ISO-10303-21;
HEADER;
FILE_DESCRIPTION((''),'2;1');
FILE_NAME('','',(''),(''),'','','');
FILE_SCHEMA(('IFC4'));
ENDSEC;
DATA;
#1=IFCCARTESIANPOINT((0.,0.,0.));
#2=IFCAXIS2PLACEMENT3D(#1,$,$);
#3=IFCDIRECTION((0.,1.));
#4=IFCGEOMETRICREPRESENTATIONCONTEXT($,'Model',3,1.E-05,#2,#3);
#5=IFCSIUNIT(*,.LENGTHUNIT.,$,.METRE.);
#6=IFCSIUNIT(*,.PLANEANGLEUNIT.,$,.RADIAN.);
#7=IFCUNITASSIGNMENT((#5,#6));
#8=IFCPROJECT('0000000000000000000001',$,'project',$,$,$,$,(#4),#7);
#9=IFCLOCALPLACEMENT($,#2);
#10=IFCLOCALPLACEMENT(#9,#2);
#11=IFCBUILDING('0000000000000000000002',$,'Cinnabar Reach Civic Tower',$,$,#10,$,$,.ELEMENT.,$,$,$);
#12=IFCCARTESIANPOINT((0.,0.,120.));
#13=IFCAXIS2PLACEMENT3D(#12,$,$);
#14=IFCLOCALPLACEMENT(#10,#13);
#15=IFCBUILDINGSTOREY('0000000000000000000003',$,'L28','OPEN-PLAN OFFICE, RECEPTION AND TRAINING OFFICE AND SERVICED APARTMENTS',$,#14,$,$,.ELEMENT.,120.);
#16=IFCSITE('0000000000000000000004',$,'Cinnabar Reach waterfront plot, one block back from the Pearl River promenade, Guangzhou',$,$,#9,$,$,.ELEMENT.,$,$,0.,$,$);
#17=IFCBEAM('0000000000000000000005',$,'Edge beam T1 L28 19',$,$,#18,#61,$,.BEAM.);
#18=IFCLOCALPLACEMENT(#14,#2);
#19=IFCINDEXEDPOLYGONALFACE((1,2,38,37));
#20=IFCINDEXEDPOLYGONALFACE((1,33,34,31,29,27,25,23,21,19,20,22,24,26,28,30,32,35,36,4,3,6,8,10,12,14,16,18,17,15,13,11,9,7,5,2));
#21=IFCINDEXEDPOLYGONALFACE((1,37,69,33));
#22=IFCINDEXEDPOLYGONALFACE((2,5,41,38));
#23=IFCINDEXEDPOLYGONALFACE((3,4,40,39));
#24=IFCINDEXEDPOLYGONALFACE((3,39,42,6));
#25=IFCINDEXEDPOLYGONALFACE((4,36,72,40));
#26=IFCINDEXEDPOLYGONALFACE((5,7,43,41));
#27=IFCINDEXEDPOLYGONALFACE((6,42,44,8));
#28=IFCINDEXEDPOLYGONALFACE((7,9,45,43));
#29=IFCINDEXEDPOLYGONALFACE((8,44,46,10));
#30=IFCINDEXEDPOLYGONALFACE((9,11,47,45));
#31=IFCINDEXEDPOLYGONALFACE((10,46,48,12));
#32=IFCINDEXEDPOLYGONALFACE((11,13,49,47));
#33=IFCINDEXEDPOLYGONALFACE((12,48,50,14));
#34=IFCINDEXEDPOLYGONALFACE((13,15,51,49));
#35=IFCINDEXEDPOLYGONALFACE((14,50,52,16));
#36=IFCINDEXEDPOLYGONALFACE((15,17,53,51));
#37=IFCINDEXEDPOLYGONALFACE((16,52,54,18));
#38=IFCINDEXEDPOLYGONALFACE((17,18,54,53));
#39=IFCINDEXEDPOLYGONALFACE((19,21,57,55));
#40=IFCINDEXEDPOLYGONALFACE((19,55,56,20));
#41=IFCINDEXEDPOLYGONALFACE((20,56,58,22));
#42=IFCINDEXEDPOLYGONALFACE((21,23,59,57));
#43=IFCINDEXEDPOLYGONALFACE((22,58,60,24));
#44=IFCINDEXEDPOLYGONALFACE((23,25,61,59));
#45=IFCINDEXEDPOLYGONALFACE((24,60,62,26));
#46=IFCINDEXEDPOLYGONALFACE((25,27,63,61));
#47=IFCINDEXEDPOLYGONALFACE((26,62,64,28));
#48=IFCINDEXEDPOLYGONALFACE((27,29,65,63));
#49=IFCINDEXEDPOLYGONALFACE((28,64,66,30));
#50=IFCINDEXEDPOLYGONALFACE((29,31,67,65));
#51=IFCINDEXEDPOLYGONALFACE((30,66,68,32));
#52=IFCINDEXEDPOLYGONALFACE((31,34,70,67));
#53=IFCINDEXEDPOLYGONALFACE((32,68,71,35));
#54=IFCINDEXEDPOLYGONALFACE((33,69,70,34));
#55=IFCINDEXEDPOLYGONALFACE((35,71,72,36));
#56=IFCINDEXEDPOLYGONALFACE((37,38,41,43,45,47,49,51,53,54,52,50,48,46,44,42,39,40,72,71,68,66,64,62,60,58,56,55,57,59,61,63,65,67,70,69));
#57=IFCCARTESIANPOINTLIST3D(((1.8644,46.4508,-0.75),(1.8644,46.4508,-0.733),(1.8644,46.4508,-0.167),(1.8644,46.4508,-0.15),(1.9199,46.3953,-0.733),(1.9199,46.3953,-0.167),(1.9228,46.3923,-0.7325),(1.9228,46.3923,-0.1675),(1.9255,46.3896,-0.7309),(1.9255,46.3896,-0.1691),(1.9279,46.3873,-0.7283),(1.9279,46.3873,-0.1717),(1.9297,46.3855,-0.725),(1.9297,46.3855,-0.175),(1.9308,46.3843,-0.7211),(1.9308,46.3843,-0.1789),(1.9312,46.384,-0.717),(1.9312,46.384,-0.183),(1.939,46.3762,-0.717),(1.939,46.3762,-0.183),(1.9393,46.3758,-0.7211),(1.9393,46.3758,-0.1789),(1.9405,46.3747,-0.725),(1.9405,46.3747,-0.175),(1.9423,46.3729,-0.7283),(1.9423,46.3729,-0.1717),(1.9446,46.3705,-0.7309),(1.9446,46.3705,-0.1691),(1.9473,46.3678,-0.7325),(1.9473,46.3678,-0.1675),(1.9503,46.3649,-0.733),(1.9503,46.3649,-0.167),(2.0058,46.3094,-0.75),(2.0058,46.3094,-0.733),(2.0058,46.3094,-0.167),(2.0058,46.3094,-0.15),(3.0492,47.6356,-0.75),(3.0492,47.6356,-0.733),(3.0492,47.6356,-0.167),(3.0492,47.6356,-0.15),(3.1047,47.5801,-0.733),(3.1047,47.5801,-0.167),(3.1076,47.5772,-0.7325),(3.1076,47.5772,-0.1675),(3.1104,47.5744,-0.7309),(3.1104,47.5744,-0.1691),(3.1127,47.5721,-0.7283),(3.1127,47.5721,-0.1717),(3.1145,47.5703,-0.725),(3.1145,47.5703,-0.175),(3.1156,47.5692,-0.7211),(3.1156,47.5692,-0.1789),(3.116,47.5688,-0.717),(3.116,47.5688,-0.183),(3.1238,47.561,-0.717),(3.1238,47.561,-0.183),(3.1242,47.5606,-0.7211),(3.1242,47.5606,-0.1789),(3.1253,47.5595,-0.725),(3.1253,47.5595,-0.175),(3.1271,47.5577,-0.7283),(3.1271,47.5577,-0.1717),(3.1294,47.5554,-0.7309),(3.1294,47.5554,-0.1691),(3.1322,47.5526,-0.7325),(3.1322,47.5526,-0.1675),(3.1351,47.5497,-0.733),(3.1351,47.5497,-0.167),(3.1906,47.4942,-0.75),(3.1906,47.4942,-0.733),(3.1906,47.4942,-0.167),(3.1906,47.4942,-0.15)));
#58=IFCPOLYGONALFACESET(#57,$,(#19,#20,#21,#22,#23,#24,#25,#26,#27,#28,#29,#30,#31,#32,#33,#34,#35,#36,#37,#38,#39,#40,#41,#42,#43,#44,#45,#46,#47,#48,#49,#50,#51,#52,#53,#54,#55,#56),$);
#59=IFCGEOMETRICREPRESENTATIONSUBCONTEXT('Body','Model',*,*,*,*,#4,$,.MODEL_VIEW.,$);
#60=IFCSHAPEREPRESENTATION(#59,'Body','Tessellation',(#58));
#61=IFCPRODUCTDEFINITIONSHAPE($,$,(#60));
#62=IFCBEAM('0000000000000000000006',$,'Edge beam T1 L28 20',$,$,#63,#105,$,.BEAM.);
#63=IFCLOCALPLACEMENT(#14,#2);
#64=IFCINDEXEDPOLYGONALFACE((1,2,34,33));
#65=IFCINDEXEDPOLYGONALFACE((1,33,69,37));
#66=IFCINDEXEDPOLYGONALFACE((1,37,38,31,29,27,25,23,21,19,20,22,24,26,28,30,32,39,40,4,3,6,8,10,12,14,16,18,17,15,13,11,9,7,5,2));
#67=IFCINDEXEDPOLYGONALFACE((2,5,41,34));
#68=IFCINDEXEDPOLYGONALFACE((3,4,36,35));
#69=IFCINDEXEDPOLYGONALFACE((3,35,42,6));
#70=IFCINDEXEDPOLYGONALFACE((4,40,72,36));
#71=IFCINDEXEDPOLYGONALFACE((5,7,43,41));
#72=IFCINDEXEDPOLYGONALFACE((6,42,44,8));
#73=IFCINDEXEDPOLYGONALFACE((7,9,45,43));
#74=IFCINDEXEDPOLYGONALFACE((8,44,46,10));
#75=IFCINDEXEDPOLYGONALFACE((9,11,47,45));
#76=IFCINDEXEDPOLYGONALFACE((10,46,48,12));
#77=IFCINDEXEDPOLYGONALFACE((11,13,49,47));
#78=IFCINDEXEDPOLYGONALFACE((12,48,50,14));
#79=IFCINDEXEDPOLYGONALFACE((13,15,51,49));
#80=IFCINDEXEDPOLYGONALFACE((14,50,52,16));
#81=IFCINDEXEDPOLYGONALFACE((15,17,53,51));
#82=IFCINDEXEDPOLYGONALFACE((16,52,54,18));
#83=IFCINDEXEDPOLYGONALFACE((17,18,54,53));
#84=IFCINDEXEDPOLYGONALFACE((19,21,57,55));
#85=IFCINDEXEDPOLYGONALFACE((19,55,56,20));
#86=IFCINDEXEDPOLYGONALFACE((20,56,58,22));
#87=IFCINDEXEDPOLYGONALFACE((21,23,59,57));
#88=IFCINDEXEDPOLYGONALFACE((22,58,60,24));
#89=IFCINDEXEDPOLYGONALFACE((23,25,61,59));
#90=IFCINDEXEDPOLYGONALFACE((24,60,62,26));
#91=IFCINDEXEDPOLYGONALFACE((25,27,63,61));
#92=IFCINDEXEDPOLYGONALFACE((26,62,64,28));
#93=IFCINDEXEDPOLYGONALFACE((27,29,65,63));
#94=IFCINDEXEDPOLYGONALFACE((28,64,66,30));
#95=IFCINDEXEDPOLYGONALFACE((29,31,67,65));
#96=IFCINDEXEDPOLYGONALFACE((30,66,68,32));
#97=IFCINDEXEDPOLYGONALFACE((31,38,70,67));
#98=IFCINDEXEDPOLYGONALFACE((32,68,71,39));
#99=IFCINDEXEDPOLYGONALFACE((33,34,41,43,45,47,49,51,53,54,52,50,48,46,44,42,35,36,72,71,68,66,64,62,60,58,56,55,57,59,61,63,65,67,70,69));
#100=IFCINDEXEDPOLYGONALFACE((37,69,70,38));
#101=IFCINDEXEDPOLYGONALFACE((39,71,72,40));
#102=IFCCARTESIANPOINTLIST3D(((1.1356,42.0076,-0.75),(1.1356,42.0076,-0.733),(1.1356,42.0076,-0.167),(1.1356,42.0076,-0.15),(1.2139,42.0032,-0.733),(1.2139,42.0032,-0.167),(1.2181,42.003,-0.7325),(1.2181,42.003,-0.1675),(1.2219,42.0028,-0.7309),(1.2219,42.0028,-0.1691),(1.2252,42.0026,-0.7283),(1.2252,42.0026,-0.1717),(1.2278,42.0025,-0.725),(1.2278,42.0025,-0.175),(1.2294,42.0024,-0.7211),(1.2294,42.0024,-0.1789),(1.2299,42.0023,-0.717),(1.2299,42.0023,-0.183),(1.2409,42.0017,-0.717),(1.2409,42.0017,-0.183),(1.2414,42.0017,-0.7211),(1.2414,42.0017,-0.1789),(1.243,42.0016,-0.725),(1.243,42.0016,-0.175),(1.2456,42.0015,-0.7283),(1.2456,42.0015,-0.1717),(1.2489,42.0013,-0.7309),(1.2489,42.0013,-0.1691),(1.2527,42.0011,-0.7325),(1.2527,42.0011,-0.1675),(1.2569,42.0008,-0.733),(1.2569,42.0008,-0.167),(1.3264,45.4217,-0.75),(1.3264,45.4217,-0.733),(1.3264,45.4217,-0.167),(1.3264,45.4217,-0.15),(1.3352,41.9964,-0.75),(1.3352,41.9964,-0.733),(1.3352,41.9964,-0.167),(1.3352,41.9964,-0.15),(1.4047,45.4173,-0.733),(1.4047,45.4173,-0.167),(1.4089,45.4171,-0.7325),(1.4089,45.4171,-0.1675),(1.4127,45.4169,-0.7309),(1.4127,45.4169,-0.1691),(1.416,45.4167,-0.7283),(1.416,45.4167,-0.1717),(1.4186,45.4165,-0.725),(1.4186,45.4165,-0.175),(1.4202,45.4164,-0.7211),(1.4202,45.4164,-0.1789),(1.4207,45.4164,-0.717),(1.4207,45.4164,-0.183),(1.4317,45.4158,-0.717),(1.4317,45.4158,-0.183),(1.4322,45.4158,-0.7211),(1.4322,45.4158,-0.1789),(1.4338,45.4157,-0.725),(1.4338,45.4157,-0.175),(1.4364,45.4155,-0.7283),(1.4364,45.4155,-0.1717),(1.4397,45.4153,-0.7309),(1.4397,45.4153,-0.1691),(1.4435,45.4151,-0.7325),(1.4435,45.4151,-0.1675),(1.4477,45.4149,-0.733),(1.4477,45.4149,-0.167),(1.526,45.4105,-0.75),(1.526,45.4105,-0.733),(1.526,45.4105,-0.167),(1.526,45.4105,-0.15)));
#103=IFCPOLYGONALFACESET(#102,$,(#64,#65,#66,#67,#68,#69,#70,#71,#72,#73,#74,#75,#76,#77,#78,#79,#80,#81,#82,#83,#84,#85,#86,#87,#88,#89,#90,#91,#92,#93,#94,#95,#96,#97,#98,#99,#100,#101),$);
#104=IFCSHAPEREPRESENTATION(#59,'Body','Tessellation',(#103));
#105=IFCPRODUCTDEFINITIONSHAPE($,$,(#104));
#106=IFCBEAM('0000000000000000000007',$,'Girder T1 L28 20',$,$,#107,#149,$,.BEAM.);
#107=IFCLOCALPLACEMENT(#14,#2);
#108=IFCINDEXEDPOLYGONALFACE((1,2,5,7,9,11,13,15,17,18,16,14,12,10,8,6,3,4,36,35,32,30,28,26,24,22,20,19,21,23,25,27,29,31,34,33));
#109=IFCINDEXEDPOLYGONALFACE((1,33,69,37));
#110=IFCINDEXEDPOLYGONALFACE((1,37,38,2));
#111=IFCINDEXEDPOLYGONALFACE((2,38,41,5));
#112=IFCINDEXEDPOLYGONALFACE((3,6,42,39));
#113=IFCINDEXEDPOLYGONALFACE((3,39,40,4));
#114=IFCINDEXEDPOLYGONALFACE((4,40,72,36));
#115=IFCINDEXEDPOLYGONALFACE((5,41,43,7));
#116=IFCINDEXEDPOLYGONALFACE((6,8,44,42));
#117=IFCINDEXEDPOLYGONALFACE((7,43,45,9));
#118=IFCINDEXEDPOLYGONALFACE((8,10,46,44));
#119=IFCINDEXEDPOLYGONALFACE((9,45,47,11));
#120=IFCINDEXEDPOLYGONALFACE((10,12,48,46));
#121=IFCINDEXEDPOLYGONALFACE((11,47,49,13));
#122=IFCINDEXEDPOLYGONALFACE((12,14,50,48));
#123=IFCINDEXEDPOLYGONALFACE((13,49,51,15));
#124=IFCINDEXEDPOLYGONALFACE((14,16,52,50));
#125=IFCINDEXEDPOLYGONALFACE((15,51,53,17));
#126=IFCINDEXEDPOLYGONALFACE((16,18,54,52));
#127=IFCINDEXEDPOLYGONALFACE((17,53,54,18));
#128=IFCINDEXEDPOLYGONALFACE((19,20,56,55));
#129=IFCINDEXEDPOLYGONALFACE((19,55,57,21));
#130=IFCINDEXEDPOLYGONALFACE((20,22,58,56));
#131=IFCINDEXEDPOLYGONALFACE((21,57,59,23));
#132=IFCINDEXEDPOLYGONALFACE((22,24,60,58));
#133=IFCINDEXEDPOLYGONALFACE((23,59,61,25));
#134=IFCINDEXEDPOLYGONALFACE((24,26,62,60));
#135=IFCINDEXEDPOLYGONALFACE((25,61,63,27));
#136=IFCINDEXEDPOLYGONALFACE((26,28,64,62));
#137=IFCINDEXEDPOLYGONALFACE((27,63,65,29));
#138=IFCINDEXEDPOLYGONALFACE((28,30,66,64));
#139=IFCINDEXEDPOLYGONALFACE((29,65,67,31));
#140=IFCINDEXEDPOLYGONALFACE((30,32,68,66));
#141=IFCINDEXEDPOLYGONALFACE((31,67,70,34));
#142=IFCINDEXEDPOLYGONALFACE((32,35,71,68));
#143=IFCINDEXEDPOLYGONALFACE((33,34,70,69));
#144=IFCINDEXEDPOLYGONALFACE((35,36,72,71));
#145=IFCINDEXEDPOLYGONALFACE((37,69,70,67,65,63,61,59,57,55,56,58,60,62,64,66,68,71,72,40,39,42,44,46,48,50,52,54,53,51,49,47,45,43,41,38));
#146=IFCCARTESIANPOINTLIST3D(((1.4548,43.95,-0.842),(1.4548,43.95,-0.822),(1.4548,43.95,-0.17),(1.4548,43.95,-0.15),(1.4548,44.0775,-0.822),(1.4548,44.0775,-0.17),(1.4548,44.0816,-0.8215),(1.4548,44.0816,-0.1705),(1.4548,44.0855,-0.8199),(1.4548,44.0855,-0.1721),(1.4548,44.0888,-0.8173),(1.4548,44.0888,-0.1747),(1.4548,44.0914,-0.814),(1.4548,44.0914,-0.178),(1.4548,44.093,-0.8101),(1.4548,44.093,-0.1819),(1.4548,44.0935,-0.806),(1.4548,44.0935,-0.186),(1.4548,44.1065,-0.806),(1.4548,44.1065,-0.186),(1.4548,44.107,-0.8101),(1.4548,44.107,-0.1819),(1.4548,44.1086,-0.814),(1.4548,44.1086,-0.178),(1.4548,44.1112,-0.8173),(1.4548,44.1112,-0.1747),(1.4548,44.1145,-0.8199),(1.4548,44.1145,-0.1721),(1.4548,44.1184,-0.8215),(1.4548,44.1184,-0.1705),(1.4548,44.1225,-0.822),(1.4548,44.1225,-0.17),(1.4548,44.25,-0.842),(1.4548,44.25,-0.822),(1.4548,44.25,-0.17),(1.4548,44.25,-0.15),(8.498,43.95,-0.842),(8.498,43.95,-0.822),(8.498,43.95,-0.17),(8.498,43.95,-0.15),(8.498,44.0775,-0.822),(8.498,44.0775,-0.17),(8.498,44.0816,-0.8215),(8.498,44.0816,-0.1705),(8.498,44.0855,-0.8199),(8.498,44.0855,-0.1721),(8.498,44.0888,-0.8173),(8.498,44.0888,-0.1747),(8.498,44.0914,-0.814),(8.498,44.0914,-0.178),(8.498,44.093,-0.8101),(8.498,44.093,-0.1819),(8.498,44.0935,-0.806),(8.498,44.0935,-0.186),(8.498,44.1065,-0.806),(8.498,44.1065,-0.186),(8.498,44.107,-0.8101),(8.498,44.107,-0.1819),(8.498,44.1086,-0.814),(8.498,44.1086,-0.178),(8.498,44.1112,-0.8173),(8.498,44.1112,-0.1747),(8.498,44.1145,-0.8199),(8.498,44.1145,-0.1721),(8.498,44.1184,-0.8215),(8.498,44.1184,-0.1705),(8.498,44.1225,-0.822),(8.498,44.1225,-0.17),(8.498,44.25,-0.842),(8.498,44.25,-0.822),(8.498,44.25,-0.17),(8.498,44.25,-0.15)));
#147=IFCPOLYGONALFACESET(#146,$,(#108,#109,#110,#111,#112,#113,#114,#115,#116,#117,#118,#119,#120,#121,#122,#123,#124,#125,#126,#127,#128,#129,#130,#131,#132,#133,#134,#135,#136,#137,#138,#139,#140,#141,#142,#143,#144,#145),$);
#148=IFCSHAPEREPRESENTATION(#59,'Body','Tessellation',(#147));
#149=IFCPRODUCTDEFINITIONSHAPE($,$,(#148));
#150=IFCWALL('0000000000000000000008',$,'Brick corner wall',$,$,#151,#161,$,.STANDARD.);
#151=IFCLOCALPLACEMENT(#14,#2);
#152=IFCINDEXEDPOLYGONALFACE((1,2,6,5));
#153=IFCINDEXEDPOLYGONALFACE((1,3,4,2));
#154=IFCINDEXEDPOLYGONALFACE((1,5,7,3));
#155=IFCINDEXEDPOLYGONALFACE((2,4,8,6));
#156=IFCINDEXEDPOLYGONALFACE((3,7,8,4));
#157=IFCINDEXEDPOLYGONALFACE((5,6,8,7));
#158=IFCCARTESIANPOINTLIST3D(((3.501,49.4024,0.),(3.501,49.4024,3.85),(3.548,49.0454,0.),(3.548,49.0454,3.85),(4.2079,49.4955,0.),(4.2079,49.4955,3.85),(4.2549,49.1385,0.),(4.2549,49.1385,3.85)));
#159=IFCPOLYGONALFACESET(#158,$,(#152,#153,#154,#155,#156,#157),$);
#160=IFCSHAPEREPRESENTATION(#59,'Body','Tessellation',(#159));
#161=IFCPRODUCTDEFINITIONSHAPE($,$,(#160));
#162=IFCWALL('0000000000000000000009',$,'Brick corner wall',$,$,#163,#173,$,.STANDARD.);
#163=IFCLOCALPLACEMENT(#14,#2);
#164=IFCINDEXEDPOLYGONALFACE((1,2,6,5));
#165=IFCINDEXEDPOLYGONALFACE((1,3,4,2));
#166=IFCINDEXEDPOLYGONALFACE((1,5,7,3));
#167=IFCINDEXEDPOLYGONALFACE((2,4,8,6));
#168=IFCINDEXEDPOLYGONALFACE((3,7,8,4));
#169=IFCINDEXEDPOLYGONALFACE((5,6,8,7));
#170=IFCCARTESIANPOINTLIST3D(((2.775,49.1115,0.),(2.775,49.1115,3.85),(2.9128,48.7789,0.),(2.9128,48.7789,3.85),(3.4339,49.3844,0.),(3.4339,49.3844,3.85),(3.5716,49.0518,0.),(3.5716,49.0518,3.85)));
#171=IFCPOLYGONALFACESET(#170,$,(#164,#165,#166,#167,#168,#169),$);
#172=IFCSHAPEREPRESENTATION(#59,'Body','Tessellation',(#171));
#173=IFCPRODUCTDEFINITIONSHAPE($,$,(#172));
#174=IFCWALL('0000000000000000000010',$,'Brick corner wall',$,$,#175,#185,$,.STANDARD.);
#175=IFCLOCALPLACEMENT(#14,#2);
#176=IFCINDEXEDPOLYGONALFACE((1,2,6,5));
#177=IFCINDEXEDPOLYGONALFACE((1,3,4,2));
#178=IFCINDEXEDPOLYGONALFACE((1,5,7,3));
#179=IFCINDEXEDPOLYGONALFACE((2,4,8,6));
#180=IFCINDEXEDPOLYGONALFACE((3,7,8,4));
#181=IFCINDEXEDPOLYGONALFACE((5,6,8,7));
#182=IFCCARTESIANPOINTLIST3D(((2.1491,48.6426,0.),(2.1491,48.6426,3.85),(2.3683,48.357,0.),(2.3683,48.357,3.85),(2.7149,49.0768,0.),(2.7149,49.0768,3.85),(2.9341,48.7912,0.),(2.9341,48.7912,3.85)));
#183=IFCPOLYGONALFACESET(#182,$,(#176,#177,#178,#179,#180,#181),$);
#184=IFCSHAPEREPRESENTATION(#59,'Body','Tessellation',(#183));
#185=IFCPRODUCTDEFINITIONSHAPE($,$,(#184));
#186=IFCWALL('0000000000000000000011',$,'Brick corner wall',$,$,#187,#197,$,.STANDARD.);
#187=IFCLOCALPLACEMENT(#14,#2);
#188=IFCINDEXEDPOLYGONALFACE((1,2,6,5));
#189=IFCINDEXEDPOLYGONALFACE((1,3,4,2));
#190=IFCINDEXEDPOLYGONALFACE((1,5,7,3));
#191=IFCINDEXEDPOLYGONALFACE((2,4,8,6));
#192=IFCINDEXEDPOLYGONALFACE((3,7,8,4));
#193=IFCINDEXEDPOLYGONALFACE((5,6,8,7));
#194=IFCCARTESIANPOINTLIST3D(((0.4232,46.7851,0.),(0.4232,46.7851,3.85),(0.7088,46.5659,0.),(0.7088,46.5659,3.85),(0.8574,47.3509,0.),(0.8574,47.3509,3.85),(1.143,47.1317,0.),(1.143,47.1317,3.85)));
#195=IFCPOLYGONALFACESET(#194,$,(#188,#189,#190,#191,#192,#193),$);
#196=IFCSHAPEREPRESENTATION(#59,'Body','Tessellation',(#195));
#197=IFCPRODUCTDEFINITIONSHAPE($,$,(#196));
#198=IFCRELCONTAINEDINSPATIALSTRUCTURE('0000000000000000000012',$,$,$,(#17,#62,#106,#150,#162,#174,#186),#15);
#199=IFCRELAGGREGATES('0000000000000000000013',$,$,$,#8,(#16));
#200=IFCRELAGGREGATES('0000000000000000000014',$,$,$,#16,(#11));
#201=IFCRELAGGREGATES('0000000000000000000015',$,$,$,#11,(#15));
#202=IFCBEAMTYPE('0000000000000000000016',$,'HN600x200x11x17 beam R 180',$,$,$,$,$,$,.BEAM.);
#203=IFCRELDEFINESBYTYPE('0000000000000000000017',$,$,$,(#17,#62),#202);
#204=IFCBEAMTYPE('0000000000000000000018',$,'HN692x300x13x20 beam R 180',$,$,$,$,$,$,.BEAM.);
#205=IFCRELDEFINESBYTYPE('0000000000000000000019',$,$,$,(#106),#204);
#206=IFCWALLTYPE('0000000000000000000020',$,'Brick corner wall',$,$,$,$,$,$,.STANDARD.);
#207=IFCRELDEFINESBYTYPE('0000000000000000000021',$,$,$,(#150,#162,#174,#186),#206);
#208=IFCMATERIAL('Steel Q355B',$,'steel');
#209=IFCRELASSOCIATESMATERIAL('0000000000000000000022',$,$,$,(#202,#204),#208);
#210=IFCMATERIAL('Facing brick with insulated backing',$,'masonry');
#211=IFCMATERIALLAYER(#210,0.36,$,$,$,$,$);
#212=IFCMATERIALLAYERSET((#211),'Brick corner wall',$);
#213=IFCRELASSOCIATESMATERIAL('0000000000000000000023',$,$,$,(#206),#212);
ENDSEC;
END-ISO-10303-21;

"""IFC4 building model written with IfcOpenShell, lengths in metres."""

from ifc_helpers import new_model, si_unit, direction, frame, frame_2d, origin, origin_2d, place, context, subcontext, project, spatial, rectangle, i_section, extrude, material, layer, layer_set, material_profile, profile_set, type_object, element, save


model = new_model("IFC4")

# Units and contexts
model_context = context("Model", 3, precision=1e-05, world=origin(), true_north=direction((0.0, 1.0)))
body_context = subcontext(model_context, "Body", "Model", "MODEL_VIEW")
ifc_project = project(units=[si_unit("LENGTHUNIT", "METRE"), si_unit("PLANEANGLEUNIT", "RADIAN")], contexts=[model_context])

# Site, building, storey
site_placement = place(None, origin())
site = spatial("IfcSite", under=ifc_project, at=site_placement, Name="Cinnabar Reach waterfront plot, one block back from the Pearl River promenade, Guangzhou", CompositionType="ELEMENT", RefElevation=0.0)
building_placement = place(site_placement, origin())
building = spatial("IfcBuilding", under=site, at=building_placement, Name="Cinnabar Reach Civic Tower", CompositionType="ELEMENT")
storey_placement = place(building_placement, frame((0.0, 0.0, 120.0)))
storey = spatial("IfcBuildingStorey", under=building, at=storey_placement, Name="L28", Description="OPEN-PLAN OFFICE, RECEPTION AND TRAINING OFFICE AND SERVICED APARTMENTS", CompositionType="ELEMENT", Elevation=120.0)

# Beams
ifc_material_1 = material(Name="Steel Q355B", Category="steel")
ifc_material_profile_1 = material_profile(ifc_material_1, i_section(OverallWidth=0.2, OverallDepth=0.6, WebThickness=0.011, FlangeThickness=0.017, FilletRadius=0.016, at=origin_2d()), Name="HN600x200x11x17")
ifc_profile_set_1 = profile_set([ifc_material_profile_1], Name="Steel Q355B")
beam_type_1 = type_object("IfcBeamType", Name="HN600x200x11x17 beam R 180", PredefinedType="BEAM", material=ifc_profile_set_1)
beam_1_placement = place(storey_placement, frame((3.1199, 47.5649, -0.45), z_axis=(-0.707107, -0.707107, 0.0), x_axis=(0.707107, -0.707107, 0.0)))
element("IfcBeam", 1, at=beam_1_placement, inside=storey, type_object=beam_type_1, Name="Edge beam T1 L28 19", PredefinedType="BEAM", context=body_context, shape_type="SweptSolid", body=[
    extrude(i_section(OverallWidth=0.2, OverallDepth=0.6, WebThickness=0.011, FlangeThickness=0.017, FilletRadius=0.016, at=origin_2d()), origin(), (0.0, 0.0, 1.0), 1.6756),
])
beam_2_placement = place(storey_placement, frame((1.4262, 45.4161, -0.45), z_axis=(-0.055799, -0.998442, 0.0), x_axis=(0.998442, -0.055799, 0.0)))
element("IfcBeam", 2, at=beam_2_placement, inside=storey, type_object=beam_type_1, Name="Edge beam T1 L28 20", PredefinedType="BEAM", context=body_context, shape_type="SweptSolid", body=[
    extrude(i_section(OverallWidth=0.2, OverallDepth=0.6, WebThickness=0.011, FlangeThickness=0.017, FilletRadius=0.016, at=origin_2d()), origin(), (0.0, 0.0, 1.0), 3.4194),
])
ifc_material_profile_2 = material_profile(ifc_material_1, i_section(OverallWidth=0.3, OverallDepth=0.692, WebThickness=0.013, FlangeThickness=0.02, FilletRadius=0.016, at=origin_2d()), Name="HN692x300x13x20")
ifc_profile_set_2 = profile_set([ifc_material_profile_2], Name="Steel Q355B")
beam_type_2 = type_object("IfcBeamType", Name="HN692x300x13x20 beam R 180", PredefinedType="BEAM", material=ifc_profile_set_2)
beam_3_placement = place(storey_placement, frame((1.4548, 44.1, -0.496), z_axis=(1.0, 0.0, 0.0), x_axis=(0.0, 1.0, 0.0)))
element("IfcBeam", 3, at=beam_3_placement, inside=storey, type_object=beam_type_2, Name="Girder T1 L28 20", PredefinedType="BEAM", context=body_context, shape_type="SweptSolid", body=[
    extrude(i_section(OverallWidth=0.3, OverallDepth=0.692, WebThickness=0.013, FlangeThickness=0.02, FilletRadius=0.016, at=origin_2d()), origin(), (0.0, 0.0, 1.0), 7.0432),
])

# Walls
ifc_material_2 = material(Name="Facing brick with insulated backing", Category="masonry")
ifc_layer_1 = layer(ifc_material_2, 0.36)
ifc_layer_set_1 = layer_set([ifc_layer_1], Name="Brick corner wall")
wall_type_1 = type_object("IfcWallType", Name="Brick corner wall", PredefinedType="STANDARD", material=ifc_layer_set_1)
for number, where, z_axis, x_axis, name in (
    (4, (4.2314, 49.317, 0.0), (0.0, 0.0, 1.0), (-0.991441, -0.130556, 0.0), "Brick corner wall"),
    (5, (3.5027, 49.2181, 0.0), (0.0, 0.0, 1.0), (-0.923872, -0.382703, 0.0), "Brick corner wall"),
):
    element("IfcWall", number, at=place(storey_placement, frame(where, z_axis=z_axis, x_axis=x_axis)), inside=storey, type_object=wall_type_1, Name=name, PredefinedType="STANDARD", context=body_context, shape_type="SweptSolid", body=[
        extrude(rectangle(XDim=0.7131, YDim=0.36, at=frame_2d((0.3565, 0.0))), origin(), (0.0, 0.0, 1.0), 3.85),
    ])
for number, where, z_axis, x_axis, name in (
    (6, (2.8245, 48.934, 0.0), (0.0, 0.0, 1.0), (-0.793322, -0.608802, 0.0), "Brick corner wall"),
    (7, (1.0002, 47.2413, 0.0), (0.0, 0.0, 1.0), (-0.608802, -0.793322, 0.0), "Brick corner wall"),
):
    element("IfcWall", number, at=place(storey_placement, frame(where, z_axis=z_axis, x_axis=x_axis)), inside=storey, type_object=wall_type_1, Name=name, PredefinedType="STANDARD", context=body_context, shape_type="SweptSolid", body=[
        extrude(rectangle(XDim=0.7132, YDim=0.36, at=frame_2d((0.3566, 0.0))), origin(), (0.0, 0.0, 1.0), 3.85),
    ])

save(model, "model.ifc")
